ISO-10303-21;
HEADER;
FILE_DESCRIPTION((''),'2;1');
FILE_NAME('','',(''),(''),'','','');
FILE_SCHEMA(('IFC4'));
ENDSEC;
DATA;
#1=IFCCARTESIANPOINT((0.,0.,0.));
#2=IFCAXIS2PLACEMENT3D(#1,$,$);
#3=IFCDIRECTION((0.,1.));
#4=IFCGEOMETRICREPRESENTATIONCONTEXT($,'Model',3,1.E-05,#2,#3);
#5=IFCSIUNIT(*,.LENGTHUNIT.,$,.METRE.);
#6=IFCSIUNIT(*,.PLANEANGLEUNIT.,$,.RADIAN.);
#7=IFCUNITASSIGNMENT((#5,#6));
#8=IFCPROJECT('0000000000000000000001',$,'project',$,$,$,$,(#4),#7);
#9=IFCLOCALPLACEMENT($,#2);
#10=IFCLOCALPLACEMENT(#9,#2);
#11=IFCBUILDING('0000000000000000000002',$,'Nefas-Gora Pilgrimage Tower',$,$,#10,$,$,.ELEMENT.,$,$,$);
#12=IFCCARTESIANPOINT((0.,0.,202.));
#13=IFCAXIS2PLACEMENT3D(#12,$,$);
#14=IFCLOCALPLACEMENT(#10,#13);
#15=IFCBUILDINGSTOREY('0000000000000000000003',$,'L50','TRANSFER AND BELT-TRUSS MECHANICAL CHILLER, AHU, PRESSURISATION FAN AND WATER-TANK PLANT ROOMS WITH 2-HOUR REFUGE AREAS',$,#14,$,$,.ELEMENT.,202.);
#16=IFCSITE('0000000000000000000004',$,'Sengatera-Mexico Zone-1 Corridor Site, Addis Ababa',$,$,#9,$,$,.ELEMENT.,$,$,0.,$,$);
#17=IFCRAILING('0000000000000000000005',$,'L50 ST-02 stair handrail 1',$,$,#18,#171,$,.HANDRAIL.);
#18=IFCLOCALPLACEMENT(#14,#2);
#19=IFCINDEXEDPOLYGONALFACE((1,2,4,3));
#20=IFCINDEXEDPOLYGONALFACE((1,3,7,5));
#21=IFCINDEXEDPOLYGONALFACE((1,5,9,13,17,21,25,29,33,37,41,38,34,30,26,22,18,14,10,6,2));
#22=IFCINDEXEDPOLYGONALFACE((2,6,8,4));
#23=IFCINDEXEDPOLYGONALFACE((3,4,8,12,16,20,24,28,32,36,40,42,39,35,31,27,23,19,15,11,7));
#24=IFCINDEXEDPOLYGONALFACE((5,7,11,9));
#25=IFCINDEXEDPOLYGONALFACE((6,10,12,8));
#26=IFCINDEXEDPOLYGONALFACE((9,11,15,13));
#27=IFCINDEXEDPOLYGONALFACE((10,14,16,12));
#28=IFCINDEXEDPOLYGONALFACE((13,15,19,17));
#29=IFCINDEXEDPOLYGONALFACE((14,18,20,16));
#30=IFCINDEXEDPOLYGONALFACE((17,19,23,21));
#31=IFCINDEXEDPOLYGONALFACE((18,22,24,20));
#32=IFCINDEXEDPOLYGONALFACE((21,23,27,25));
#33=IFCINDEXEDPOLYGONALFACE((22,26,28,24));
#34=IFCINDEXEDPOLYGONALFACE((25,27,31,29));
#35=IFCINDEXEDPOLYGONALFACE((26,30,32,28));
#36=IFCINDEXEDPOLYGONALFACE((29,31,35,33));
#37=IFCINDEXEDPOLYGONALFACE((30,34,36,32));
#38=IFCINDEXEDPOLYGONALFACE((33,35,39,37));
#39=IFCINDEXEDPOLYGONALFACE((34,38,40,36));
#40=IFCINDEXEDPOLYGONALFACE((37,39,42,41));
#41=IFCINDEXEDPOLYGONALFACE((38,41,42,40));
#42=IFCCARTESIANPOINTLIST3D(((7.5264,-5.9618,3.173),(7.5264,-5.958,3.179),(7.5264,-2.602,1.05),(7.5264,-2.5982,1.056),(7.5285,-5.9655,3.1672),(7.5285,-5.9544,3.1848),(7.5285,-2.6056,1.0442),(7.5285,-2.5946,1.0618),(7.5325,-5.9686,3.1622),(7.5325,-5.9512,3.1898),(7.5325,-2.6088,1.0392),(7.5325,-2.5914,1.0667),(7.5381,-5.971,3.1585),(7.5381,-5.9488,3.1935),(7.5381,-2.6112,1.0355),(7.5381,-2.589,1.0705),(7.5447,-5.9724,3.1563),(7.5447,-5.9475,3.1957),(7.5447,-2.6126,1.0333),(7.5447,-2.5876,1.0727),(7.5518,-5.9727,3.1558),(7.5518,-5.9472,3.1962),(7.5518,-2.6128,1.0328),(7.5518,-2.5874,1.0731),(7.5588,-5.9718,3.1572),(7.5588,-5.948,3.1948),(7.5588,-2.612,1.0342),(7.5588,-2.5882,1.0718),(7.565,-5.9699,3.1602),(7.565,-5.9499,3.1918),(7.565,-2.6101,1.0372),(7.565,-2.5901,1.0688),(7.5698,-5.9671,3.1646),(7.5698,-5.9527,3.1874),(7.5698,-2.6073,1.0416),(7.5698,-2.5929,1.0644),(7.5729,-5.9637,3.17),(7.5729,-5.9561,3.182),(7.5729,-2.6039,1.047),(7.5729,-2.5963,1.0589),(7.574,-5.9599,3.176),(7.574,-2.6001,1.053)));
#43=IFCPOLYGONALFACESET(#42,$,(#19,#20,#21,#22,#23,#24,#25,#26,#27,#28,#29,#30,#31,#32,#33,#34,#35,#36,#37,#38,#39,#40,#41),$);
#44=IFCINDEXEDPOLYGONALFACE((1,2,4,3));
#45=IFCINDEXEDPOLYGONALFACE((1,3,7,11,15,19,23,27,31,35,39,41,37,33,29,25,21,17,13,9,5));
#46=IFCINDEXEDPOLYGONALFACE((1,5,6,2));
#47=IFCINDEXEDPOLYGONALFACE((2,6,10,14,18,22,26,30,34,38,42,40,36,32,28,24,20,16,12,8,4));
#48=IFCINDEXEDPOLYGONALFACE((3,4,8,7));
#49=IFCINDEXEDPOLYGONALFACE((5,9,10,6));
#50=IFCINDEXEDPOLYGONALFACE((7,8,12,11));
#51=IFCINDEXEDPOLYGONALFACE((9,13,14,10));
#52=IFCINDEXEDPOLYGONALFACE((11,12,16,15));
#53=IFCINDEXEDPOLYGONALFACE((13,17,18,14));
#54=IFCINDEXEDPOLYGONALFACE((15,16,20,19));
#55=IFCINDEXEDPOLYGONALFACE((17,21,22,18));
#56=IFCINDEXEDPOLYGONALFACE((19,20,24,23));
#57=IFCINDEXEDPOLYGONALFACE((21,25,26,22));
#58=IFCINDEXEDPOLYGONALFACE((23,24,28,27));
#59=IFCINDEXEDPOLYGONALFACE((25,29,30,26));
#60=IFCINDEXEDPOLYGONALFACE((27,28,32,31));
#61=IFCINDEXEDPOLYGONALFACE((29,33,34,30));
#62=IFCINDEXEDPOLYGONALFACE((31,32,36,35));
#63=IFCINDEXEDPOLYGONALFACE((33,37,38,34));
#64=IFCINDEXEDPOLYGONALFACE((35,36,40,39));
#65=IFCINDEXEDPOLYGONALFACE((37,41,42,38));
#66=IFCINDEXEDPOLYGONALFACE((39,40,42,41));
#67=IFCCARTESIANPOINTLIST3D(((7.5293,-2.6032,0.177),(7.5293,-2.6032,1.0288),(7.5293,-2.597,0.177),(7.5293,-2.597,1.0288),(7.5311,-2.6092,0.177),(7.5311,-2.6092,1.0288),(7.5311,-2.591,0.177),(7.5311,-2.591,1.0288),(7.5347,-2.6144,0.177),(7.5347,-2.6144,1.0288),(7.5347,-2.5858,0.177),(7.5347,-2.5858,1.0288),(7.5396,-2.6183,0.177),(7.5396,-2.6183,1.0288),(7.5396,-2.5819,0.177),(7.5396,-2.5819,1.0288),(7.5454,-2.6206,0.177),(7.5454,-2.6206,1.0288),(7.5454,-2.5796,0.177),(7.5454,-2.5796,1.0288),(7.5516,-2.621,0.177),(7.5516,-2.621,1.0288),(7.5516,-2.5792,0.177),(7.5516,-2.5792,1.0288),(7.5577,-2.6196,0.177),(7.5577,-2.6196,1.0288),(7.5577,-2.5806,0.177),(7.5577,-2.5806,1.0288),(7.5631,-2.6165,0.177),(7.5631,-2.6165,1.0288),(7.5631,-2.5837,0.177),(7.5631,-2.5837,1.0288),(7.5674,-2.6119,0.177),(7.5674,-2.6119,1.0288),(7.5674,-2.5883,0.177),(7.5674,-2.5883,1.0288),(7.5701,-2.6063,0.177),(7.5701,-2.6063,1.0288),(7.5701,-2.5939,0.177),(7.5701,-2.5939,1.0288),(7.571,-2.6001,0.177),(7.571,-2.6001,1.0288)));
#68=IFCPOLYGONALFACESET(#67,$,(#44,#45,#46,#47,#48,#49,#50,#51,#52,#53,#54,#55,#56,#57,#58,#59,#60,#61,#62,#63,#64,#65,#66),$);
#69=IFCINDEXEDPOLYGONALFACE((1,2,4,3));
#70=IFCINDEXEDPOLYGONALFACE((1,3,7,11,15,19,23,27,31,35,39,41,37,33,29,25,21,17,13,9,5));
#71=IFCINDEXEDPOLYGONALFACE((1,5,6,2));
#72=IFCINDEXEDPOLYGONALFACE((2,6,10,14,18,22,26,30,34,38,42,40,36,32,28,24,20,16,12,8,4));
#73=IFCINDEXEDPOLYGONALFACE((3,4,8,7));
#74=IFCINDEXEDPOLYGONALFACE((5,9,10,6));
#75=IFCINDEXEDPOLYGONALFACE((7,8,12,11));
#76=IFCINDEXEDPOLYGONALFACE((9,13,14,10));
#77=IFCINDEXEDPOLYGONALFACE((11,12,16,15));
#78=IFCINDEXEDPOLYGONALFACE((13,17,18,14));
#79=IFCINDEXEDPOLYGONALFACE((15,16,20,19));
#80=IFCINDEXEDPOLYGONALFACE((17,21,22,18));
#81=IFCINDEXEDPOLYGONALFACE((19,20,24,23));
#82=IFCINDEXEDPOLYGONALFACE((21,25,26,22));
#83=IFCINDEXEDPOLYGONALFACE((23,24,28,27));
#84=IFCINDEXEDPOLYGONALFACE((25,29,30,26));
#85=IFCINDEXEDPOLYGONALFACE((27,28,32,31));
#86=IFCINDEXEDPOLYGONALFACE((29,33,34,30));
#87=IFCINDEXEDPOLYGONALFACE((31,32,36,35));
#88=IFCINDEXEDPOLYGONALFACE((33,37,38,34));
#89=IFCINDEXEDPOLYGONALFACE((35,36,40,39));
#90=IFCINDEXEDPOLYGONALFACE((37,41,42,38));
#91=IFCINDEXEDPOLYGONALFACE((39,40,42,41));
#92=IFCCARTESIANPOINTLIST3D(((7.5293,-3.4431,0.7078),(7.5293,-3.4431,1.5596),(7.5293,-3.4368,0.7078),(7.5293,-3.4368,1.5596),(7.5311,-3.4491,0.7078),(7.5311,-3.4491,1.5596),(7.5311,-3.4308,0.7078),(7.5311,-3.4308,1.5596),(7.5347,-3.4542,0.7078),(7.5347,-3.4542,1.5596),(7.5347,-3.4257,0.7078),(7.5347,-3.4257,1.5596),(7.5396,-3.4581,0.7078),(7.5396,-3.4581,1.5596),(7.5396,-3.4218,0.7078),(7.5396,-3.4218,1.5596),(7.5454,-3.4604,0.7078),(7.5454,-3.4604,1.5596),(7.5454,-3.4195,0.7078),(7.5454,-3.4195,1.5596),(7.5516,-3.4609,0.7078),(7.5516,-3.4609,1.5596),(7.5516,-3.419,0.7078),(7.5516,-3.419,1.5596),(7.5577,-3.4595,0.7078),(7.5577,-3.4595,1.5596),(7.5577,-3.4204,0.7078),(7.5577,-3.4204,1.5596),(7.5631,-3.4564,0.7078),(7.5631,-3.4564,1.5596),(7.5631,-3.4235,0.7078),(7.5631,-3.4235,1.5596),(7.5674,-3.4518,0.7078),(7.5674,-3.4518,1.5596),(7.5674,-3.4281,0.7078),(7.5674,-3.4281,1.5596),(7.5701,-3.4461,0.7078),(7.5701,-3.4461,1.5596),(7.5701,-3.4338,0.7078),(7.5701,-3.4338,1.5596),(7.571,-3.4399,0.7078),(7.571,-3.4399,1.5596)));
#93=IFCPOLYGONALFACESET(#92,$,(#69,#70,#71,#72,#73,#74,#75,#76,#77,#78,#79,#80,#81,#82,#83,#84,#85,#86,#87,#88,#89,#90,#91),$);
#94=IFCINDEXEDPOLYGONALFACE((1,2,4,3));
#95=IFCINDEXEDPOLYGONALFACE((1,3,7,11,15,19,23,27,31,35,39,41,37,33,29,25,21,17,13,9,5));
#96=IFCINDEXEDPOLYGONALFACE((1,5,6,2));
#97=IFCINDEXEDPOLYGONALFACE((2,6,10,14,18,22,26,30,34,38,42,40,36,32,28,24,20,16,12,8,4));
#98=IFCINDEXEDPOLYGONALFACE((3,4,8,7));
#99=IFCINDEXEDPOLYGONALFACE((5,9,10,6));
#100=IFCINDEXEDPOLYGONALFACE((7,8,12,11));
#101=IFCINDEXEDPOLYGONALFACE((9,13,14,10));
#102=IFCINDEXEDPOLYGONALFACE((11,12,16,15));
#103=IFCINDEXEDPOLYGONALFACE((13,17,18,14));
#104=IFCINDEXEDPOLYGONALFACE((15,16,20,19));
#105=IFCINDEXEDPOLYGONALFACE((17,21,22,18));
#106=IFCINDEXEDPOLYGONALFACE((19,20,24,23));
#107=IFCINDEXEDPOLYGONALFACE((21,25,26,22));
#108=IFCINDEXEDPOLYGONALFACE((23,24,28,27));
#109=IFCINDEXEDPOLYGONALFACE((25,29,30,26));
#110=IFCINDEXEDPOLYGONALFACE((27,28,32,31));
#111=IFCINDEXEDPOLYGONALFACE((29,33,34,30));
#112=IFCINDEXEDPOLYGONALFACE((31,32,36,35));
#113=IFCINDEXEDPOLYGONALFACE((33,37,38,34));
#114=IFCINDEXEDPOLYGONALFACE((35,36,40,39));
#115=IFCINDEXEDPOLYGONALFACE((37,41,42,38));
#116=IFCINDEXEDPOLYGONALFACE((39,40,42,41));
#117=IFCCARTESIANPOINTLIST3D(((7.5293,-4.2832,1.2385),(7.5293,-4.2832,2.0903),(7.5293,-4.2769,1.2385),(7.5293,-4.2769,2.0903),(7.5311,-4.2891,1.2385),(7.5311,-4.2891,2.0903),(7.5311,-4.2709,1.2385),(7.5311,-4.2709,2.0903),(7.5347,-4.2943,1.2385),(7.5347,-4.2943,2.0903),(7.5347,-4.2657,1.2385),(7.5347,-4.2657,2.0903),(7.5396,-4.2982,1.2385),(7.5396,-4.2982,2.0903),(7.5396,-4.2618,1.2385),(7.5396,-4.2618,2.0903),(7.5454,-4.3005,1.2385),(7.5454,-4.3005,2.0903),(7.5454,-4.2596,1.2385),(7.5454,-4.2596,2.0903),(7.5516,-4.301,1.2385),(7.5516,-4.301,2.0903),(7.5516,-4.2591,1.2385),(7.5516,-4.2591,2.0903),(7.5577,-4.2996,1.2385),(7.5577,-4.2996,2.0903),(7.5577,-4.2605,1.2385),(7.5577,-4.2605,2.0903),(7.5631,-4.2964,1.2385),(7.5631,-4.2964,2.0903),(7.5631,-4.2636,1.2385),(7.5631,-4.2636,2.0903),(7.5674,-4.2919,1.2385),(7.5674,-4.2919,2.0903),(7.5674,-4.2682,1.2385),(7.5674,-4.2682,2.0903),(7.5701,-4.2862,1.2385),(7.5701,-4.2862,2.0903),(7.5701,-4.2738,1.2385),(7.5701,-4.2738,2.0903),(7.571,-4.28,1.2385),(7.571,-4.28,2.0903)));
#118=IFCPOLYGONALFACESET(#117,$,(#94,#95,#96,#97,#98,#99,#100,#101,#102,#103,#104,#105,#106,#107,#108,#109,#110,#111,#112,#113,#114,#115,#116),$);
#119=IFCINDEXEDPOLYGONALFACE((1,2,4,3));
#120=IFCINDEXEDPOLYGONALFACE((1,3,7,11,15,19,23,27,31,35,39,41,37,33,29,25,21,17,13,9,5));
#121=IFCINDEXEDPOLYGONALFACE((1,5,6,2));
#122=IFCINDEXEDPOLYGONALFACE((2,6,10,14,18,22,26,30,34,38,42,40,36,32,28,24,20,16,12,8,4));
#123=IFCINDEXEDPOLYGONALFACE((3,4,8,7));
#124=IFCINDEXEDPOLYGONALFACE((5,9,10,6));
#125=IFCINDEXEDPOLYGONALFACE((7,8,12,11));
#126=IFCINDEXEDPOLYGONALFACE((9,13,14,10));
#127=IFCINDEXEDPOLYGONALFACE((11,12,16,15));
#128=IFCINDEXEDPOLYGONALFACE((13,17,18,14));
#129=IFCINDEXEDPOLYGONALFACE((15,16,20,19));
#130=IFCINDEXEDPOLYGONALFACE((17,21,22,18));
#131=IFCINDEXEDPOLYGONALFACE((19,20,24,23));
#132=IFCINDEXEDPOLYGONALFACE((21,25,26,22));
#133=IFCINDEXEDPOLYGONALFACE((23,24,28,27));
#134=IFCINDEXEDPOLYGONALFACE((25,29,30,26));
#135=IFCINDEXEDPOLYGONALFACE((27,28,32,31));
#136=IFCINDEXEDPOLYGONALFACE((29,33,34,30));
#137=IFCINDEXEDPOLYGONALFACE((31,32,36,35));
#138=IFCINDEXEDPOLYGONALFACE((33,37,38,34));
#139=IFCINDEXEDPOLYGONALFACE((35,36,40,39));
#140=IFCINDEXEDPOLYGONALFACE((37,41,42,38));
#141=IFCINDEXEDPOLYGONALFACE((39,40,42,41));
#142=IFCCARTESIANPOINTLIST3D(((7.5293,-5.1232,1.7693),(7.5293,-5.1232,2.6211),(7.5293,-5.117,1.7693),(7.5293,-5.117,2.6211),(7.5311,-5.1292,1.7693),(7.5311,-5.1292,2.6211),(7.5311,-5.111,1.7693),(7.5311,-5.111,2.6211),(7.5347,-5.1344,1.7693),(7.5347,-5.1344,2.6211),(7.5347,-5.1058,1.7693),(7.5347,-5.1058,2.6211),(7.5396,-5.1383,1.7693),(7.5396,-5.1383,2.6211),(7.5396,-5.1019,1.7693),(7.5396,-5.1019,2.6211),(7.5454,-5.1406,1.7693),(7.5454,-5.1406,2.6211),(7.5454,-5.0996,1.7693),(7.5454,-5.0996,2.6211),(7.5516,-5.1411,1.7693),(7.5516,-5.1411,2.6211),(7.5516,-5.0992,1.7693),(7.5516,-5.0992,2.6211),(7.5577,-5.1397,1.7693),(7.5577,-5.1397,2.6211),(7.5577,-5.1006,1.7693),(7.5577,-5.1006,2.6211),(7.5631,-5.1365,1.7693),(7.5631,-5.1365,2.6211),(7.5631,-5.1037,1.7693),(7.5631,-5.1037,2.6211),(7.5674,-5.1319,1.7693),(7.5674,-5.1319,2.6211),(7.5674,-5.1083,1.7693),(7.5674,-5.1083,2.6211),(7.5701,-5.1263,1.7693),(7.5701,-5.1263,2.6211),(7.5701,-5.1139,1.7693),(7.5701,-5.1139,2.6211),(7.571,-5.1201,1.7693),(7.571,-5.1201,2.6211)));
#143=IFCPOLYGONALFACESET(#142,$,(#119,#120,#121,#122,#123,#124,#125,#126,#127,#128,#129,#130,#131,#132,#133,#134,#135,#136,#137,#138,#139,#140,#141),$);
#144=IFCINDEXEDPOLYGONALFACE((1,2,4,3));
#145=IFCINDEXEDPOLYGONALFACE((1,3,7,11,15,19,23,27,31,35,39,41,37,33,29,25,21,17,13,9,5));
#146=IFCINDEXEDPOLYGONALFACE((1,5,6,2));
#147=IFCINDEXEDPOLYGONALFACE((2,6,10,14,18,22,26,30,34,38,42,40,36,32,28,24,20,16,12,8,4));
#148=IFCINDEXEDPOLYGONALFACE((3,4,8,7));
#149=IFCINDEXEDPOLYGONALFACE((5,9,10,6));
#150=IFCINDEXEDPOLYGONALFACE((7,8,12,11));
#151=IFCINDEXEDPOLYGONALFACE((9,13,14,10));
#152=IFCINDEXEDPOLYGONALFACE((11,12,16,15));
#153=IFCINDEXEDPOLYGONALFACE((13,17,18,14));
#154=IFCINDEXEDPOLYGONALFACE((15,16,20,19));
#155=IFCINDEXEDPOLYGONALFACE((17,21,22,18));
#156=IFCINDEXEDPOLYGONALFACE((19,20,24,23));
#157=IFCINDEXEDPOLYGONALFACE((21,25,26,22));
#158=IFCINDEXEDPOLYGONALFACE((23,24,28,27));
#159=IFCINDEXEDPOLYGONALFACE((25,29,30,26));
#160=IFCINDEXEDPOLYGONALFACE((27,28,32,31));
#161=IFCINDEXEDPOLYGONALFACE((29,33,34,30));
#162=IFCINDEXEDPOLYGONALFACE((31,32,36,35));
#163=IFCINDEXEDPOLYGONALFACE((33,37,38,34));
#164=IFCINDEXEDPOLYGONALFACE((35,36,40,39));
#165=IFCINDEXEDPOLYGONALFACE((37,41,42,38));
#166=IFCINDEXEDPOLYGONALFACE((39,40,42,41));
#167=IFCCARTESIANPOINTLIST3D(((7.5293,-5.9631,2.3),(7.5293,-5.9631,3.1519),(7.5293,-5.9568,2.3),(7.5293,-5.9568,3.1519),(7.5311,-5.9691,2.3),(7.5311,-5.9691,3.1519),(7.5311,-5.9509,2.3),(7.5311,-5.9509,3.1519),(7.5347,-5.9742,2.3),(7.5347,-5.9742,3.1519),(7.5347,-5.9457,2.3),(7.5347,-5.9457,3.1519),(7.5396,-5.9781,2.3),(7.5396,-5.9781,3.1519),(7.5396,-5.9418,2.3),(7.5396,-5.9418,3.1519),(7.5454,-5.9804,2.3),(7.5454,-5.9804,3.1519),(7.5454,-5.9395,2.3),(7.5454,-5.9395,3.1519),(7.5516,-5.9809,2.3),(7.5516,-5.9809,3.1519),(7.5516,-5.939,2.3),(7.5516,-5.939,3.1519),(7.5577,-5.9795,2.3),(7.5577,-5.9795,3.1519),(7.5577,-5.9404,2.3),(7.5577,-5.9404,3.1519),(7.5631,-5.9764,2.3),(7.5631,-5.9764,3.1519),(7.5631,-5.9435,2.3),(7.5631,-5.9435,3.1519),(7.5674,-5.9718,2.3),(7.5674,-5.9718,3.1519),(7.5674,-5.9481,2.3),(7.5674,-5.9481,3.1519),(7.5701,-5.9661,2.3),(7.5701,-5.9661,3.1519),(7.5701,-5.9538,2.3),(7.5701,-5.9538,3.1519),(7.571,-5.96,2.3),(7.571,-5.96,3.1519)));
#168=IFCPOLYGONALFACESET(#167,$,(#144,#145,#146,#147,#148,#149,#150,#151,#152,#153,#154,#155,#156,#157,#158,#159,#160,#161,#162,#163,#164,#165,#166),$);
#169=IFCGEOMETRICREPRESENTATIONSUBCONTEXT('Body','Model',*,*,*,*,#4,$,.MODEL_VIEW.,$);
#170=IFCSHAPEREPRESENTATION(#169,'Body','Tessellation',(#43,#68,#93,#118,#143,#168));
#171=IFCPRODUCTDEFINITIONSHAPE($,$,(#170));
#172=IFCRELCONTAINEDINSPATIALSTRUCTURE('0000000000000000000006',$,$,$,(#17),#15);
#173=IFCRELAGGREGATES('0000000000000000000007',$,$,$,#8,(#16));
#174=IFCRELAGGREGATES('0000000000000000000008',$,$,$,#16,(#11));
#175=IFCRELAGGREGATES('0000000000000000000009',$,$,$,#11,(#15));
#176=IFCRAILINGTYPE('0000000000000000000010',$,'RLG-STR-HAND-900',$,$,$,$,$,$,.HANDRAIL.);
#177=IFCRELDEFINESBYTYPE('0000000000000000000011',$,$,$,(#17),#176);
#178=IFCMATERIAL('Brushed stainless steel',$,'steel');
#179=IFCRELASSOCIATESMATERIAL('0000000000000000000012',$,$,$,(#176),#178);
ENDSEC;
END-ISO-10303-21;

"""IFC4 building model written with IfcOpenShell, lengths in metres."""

from ifc_helpers import new_model, si_unit, direction, frame, origin, origin_2d, place, context, subcontext, project, spatial, circle, extrude, material, type_object, element, save


model = new_model("IFC4")

# Units and contexts
model_context = context("Model", 3, precision=1e-05, world=origin(), true_north=direction((0.0, 1.0)))
body_context = subcontext(model_context, "Body", "Model", "MODEL_VIEW")
ifc_project = project(units=[si_unit("LENGTHUNIT", "METRE"), si_unit("PLANEANGLEUNIT", "RADIAN")], contexts=[model_context])

# Site, building, storey
site_placement = place(None, origin())
site = spatial("IfcSite", under=ifc_project, at=site_placement, Name="Sengatera-Mexico Zone-1 Corridor Site, Addis Ababa", CompositionType="ELEMENT", RefElevation=0.0)
building_placement = place(site_placement, origin())
building = spatial("IfcBuilding", under=site, at=building_placement, Name="Nefas-Gora Pilgrimage Tower", CompositionType="ELEMENT")
storey_placement = place(building_placement, frame((0.0, 0.0, 202.0)))
storey = spatial("IfcBuildingStorey", under=building, at=storey_placement, Name="L50", Description="TRANSFER AND BELT-TRUSS MECHANICAL CHILLER, AHU, PRESSURISATION FAN AND WATER-TANK PLANT ROOMS WITH 2-HOUR REFUGE AREAS", CompositionType="ELEMENT", Elevation=202.0)

# Railing
ifc_material_1 = material(Name="Brushed stainless steel", Category="steel")
railing_type_1 = type_object("IfcRailingType", Name="RLG-STR-HAND-900", PredefinedType="HANDRAIL", material=ifc_material_1)
railing_1_placement = place(storey_placement, frame((7.55, -2.6001, 0.177)))
element("IfcRailing", 1, at=railing_1_placement, inside=storey, type_object=railing_type_1, Name="L50 ST-02 stair handrail 1", PredefinedType="HANDRAIL", context=body_context, shape_type="SweptSolid", body=[
    extrude(circle(Radius=0.0239, at=origin_2d()), frame((0.0, 0.0, 0.876), z_axis=(0.0, -0.845372, 0.534178), x_axis=(1.0, 0.0, 0.0)), (0.0, 0.0, 1.0), 3.9744),
    extrude(circle(Radius=0.021, at=origin_2d()), origin(), (0.0, 0.0, 1.0), 0.8518),
    extrude(circle(Radius=0.021, at=origin_2d()), frame((0.0, -0.8398, 0.5308)), (0.0, 0.0, 1.0), 0.8518),
    extrude(circle(Radius=0.021, at=origin_2d()), frame((0.0, -1.6799, 1.0615)), (0.0, 0.0, 1.0), 0.8518),
    extrude(circle(Radius=0.021, at=origin_2d()), frame((0.0, -2.52, 1.5923)), (0.0, 0.0, 1.0), 0.8518),
    extrude(circle(Radius=0.021, at=origin_2d()), frame((0.0, -3.3599, 2.123)), (0.0, 0.0, 1.0), 0.8518),
])

save(model, "model.ifc")
